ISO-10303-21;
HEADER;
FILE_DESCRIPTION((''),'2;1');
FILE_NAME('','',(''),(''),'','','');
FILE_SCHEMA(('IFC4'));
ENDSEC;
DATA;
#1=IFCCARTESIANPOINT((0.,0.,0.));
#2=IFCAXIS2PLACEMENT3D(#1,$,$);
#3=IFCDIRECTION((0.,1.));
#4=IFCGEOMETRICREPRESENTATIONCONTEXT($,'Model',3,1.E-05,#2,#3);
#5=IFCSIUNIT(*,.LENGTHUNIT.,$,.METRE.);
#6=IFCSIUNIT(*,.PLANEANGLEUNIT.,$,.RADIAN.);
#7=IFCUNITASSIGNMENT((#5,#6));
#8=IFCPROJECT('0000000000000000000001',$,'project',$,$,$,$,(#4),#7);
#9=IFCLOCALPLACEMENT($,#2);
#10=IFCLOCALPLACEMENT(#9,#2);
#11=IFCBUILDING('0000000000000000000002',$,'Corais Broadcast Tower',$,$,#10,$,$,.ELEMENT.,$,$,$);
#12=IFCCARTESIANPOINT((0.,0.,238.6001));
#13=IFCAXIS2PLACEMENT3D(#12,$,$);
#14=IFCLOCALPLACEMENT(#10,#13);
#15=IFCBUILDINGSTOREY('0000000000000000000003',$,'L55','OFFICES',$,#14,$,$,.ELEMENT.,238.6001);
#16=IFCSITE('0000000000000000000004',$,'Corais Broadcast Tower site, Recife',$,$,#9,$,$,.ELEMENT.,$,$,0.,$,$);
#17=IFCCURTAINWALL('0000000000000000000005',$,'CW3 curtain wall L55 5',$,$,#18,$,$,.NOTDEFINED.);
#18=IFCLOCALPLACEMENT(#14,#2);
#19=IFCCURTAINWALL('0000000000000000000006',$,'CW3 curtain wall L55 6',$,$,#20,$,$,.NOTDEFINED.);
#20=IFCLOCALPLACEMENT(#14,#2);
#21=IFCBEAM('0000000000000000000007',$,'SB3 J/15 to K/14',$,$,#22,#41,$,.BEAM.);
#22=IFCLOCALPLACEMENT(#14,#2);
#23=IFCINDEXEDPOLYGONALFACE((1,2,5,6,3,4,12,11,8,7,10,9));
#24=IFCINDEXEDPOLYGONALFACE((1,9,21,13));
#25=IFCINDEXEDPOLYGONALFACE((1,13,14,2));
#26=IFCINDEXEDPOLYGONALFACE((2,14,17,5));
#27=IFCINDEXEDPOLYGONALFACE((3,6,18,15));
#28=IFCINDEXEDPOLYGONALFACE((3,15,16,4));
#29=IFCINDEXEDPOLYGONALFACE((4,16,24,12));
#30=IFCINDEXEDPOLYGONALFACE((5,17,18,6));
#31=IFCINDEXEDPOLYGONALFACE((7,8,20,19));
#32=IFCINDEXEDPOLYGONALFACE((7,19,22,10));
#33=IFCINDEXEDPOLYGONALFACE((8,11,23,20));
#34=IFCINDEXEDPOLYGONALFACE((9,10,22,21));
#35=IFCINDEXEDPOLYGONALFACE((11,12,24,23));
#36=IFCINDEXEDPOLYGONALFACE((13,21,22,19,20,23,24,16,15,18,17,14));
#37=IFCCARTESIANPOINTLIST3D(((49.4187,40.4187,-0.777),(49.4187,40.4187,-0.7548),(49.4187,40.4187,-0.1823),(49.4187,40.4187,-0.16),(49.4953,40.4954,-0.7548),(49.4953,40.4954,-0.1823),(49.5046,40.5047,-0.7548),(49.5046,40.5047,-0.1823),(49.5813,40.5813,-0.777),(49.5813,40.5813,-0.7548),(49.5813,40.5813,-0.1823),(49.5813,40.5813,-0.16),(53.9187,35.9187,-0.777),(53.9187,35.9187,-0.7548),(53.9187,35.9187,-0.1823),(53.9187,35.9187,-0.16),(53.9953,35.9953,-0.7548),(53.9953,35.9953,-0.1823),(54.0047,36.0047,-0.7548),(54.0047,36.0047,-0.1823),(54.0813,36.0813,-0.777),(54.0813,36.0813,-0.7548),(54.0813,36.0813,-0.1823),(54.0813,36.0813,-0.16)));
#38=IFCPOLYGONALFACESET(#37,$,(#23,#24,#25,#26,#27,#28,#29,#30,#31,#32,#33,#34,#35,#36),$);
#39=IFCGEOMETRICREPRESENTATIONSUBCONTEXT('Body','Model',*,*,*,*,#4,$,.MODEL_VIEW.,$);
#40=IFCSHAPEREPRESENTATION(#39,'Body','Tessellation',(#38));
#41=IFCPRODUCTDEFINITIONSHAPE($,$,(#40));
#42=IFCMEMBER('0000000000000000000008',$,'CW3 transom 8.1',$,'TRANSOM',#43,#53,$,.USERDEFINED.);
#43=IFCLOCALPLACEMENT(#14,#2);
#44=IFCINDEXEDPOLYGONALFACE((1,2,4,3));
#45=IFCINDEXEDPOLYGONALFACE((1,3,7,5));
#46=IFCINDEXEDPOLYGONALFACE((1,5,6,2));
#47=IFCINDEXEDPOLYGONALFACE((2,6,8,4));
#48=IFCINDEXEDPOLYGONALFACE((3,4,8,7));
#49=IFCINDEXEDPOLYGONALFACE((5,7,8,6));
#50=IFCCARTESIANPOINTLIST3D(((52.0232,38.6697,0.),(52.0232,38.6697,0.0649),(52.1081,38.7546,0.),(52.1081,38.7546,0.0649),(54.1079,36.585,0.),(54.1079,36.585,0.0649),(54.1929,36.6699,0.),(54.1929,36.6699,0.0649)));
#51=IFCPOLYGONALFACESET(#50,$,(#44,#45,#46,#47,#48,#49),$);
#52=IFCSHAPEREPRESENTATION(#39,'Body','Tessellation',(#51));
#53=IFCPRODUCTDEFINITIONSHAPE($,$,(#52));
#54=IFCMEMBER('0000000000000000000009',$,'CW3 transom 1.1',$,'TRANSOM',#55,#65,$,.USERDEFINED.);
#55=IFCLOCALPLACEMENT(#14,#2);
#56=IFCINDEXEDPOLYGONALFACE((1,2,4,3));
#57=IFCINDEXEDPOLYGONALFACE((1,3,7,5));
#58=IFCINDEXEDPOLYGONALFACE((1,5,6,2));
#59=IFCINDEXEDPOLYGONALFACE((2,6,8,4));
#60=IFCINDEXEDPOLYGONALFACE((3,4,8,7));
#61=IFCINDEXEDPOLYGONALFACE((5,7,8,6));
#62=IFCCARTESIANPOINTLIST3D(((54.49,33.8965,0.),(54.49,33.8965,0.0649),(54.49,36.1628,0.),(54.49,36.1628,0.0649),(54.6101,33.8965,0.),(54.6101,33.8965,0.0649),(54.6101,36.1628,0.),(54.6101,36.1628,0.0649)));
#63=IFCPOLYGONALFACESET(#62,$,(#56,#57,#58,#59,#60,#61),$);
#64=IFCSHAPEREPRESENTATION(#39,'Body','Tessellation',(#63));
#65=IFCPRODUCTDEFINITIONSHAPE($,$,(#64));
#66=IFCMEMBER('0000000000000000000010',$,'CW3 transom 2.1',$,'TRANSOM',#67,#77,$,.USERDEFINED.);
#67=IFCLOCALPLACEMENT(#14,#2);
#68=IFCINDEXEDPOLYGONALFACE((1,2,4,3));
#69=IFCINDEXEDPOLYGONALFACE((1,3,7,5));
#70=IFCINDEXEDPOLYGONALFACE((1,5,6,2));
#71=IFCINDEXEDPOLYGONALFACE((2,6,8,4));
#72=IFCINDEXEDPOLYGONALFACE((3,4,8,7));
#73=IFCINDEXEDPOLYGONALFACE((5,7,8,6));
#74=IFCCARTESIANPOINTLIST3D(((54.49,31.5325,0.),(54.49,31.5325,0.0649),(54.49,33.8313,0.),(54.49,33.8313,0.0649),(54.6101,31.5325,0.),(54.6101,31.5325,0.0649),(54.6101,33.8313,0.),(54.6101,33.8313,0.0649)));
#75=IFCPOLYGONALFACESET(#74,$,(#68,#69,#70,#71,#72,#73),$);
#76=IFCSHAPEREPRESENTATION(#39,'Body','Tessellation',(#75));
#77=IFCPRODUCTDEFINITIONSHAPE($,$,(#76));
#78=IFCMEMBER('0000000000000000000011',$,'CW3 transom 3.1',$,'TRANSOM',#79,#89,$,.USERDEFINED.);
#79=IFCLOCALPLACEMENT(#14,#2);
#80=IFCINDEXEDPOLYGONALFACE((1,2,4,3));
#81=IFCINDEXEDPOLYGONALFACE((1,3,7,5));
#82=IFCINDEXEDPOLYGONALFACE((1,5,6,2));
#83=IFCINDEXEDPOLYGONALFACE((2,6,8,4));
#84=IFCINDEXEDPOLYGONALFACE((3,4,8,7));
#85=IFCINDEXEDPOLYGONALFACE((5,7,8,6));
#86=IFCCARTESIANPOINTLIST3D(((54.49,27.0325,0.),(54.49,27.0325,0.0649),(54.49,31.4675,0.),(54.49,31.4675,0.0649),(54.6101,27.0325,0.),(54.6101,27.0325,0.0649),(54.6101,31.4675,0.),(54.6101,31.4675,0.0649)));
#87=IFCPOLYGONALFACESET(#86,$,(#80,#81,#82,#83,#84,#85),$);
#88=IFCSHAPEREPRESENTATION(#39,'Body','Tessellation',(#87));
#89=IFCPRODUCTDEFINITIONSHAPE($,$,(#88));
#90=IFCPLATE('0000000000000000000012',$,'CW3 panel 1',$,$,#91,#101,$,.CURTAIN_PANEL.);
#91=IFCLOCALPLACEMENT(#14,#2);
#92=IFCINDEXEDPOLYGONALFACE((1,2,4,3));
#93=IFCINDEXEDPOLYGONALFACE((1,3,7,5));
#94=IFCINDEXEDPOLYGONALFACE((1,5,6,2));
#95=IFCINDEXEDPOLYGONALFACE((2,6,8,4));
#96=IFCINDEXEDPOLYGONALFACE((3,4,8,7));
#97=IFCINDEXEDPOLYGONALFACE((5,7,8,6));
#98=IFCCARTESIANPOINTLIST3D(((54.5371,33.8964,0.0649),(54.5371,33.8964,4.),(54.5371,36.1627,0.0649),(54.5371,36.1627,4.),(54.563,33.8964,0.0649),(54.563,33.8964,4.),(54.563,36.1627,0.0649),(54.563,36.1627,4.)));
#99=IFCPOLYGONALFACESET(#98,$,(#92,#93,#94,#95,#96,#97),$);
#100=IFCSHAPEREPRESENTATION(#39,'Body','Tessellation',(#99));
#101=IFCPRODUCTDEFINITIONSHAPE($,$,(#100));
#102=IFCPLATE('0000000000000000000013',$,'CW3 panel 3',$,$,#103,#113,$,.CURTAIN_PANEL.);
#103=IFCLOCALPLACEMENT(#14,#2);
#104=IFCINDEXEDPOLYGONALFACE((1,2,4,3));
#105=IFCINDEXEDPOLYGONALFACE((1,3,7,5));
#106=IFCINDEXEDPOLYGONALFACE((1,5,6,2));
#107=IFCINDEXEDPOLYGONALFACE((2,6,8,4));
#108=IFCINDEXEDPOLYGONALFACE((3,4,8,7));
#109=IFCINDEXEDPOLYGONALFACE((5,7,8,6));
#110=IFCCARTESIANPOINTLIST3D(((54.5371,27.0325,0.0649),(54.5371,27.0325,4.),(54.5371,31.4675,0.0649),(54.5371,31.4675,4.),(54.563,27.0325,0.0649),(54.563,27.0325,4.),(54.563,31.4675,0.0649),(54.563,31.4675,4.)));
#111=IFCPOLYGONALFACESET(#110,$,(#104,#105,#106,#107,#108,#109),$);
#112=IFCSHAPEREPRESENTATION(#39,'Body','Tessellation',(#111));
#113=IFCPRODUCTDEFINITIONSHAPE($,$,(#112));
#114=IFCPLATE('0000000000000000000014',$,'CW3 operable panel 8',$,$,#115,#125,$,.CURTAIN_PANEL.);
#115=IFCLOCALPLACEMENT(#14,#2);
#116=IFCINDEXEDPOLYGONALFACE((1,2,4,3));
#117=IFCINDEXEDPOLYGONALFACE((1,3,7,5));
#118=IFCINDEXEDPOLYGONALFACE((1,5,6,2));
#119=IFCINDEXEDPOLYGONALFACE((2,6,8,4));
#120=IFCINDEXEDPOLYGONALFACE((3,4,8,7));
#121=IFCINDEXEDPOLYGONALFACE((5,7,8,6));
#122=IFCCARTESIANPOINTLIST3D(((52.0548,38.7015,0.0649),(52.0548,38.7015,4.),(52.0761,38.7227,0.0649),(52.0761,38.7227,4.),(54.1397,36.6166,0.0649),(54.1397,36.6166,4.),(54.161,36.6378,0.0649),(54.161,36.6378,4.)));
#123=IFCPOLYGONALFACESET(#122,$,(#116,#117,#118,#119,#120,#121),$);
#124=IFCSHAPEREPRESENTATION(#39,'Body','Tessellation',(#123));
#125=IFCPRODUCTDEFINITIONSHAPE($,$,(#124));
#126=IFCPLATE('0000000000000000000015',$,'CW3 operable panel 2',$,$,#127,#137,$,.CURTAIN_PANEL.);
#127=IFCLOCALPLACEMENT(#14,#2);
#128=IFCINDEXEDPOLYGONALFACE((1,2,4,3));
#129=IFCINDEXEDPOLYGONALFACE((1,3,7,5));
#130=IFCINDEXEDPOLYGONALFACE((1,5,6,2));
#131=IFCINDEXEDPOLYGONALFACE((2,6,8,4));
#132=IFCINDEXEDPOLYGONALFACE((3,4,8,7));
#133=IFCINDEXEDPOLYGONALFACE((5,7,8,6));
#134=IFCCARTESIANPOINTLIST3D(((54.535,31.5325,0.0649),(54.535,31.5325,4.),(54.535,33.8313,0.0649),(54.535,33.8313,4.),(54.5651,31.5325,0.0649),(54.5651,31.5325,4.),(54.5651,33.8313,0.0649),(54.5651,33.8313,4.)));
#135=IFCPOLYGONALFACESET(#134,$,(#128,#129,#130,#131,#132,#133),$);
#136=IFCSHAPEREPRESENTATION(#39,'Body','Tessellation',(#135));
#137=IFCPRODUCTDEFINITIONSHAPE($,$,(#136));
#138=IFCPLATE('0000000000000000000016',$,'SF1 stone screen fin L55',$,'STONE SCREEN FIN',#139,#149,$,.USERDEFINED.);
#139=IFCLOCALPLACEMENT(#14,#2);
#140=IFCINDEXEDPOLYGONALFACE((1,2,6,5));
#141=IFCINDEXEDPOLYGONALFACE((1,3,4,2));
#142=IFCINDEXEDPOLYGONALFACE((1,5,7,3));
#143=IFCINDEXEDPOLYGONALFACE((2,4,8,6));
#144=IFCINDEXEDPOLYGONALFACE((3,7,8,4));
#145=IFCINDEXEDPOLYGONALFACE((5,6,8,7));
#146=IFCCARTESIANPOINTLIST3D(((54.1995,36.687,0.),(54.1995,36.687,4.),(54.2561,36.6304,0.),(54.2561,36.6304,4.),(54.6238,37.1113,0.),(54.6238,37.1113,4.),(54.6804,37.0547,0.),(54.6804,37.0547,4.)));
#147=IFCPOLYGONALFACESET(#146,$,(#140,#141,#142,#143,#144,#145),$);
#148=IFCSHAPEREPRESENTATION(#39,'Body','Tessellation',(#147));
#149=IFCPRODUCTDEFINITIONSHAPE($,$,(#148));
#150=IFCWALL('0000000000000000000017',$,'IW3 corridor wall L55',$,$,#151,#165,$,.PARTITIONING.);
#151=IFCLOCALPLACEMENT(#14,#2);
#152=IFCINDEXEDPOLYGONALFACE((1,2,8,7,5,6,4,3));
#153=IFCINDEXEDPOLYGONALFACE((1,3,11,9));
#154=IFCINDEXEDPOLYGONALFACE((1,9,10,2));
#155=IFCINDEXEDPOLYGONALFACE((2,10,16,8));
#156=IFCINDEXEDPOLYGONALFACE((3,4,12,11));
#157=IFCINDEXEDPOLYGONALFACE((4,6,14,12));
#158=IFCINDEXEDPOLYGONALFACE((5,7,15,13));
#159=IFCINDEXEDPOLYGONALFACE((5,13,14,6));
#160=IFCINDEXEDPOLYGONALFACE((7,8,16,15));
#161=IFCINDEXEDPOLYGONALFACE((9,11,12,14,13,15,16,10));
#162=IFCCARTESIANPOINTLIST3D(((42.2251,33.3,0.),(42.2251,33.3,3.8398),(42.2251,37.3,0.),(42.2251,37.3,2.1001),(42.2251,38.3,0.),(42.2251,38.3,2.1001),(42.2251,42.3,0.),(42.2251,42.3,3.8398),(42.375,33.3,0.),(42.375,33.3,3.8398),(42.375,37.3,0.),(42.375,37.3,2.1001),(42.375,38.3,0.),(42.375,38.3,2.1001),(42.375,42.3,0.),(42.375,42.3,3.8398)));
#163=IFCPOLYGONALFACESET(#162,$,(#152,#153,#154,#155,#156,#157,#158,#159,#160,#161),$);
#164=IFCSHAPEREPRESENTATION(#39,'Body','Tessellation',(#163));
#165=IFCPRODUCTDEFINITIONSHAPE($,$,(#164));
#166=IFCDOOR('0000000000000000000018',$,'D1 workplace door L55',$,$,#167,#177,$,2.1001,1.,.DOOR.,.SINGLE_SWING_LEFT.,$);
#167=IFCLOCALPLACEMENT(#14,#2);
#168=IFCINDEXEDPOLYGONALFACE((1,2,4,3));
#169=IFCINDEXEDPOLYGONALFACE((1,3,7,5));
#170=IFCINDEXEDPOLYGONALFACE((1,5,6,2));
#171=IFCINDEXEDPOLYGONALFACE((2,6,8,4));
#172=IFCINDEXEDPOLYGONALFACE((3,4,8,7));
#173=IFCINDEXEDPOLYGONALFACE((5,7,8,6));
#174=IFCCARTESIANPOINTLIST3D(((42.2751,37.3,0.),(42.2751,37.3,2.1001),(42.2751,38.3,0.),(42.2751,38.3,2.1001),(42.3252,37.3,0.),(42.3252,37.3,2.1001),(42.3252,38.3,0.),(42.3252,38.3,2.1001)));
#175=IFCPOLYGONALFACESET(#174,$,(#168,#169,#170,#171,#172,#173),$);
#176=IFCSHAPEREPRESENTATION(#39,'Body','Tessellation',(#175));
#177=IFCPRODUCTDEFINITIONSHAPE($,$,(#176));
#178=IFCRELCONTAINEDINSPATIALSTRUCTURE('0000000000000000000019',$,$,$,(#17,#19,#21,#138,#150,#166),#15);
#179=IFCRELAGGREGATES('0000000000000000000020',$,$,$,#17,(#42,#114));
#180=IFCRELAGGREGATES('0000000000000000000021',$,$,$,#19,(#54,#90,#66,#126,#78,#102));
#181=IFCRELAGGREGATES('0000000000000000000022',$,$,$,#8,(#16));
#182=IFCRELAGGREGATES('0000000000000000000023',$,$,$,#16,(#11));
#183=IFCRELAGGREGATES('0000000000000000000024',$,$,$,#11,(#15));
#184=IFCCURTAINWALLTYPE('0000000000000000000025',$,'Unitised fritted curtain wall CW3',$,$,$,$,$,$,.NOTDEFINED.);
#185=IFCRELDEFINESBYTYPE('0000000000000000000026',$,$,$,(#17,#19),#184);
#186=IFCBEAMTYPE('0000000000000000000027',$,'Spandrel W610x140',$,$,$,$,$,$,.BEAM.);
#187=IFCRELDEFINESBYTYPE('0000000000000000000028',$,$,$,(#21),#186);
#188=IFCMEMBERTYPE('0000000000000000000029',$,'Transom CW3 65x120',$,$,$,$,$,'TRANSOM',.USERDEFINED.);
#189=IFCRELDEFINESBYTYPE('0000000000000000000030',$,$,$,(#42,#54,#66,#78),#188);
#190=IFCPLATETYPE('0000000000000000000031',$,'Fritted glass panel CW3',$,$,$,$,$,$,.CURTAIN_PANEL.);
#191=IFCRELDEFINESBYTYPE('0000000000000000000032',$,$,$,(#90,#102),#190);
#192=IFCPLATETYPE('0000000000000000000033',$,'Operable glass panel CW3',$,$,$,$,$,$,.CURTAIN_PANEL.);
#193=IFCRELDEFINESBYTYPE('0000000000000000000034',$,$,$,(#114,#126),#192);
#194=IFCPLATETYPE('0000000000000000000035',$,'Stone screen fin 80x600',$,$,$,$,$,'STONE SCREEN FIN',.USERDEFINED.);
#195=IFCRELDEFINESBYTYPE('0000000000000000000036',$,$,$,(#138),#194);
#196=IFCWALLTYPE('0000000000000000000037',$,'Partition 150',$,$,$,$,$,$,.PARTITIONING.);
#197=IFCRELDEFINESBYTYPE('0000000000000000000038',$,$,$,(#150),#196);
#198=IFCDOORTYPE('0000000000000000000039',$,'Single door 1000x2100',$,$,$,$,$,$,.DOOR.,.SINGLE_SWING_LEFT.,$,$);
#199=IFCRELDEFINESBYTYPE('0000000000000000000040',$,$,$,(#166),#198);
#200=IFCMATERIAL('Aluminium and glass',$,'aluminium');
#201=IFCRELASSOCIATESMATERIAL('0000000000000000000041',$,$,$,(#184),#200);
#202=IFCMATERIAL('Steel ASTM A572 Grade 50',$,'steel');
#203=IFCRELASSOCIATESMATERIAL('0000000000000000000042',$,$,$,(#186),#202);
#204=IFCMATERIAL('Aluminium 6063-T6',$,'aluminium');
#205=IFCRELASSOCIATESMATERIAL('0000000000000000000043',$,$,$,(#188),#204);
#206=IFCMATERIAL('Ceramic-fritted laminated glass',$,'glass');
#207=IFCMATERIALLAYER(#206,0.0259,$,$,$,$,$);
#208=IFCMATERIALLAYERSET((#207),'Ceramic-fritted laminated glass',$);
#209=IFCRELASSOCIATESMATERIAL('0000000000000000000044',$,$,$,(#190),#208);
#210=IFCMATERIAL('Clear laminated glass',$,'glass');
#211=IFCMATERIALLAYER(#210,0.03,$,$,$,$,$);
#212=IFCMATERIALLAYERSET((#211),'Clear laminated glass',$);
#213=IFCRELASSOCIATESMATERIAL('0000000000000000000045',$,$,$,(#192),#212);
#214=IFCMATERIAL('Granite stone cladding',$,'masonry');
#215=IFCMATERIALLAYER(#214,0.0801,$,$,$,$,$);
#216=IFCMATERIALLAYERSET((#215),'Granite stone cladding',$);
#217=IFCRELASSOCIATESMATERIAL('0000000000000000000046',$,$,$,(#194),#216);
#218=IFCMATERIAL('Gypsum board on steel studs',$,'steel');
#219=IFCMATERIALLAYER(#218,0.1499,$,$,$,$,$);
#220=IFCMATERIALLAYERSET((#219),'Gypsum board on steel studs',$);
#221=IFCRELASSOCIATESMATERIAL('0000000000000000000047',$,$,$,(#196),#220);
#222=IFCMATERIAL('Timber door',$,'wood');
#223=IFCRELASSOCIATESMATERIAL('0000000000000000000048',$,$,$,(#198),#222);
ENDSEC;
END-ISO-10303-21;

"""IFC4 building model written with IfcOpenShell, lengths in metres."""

from ifc_helpers import new_model, si_unit, direction, frame, frame_2d, origin, origin_2d, place, context, subcontext, project, spatial, rectangle, i_section, extrude, material, layer, layer_set, material_profile, profile_set, type_object, element, fill, aggregate, save


model = new_model("IFC4")

# Units and contexts
model_context = context("Model", 3, precision=1e-05, world=origin(), true_north=direction((0.0, 1.0)))
body_context = subcontext(model_context, "Body", "Model", "MODEL_VIEW")
ifc_project = project(units=[si_unit("LENGTHUNIT", "METRE"), si_unit("PLANEANGLEUNIT", "RADIAN")], contexts=[model_context])

# Site, building, storey
site_placement = place(None, origin())
site = spatial("IfcSite", under=ifc_project, at=site_placement, Name="Corais Broadcast Tower site, Recife", CompositionType="ELEMENT", RefElevation=0.0)
building_placement = place(site_placement, origin())
building = spatial("IfcBuilding", under=site, at=building_placement, Name="Corais Broadcast Tower", CompositionType="ELEMENT")
storey_placement = place(building_placement, frame((0.0, 0.0, 238.6001)))
storey = spatial("IfcBuildingStorey", under=building, at=storey_placement, Name="L55", Description="OFFICES", CompositionType="ELEMENT", Elevation=238.6001)

# Curtain walls
ifc_material_1 = material(Name="Aluminium and glass", Category="aluminium")
curtain_wall_type = type_object("IfcCurtainWallType", Name="Unitised fritted curtain wall CW3", PredefinedType="NOTDEFINED", material=ifc_material_1)
curtain_wall_1_placement = place(storey_placement, origin())
curtain_wall_1 = element("IfcCurtainWall", 1, at=curtain_wall_1_placement, inside=storey, type_object=curtain_wall_type, Name="CW3 curtain wall L55 5", PredefinedType="NOTDEFINED")
curtain_wall_2_placement = place(storey_placement, origin())
curtain_wall_2 = element("IfcCurtainWall", 2, at=curtain_wall_2_placement, inside=storey, type_object=curtain_wall_type, Name="CW3 curtain wall L55 6", PredefinedType="NOTDEFINED")

# Beam
ifc_material_2 = material(Name="Steel ASTM A572 Grade 50", Category="steel")
ifc_material_profile_1 = material_profile(ifc_material_2, i_section(OverallWidth=0.23, OverallDepth=0.6169, WebThickness=0.0132, FlangeThickness=0.0222, at=origin_2d()), Name="W610x140")
ifc_profile_set_1 = profile_set([ifc_material_profile_1], Name="Steel ASTM A572 Grade 50")
beam_type_1 = type_object("IfcBeamType", Name="Spandrel W610x140", PredefinedType="BEAM", material=ifc_profile_set_1)
beam_1_placement = place(storey_placement, frame((54.0, 36.0, -0.4685), z_axis=(-0.707107, 0.707107, 0.0), x_axis=(-0.707107, -0.707107, 0.0)))
element("IfcBeam", 3, at=beam_1_placement, inside=storey, type_object=beam_type_1, Name="SB3 J/15 to K/14", PredefinedType="BEAM", context=body_context, shape_type="SweptSolid", body=[
    extrude(i_section(OverallWidth=0.23, OverallDepth=0.6169, WebThickness=0.0132, FlangeThickness=0.0222, at=origin_2d()), origin(), (0.0, 0.0, 1.0), 6.364),
])

# Members
ifc_material_3 = material(Name="Aluminium 6063-T6", Category="aluminium")
ifc_material_profile_2 = material_profile(ifc_material_3, rectangle(XDim=0.1201, YDim=0.0649, at=origin_2d()), Name="Transom CW3 65x120")
ifc_profile_set_2 = profile_set([ifc_material_profile_2], Name="Aluminium 6063-T6")
member_type_1 = type_object("IfcMemberType", Name="Transom CW3 65x120", ElementType="TRANSOM", PredefinedType="USERDEFINED", material=ifc_profile_set_2)
member_1_placement = place(storey_placement, frame((52.0657, 38.7122, 0.0325), z_axis=(0.707107, -0.707107, 0.0), x_axis=(0.707107, 0.707107, 0.0)))
member_1 = element("IfcMember", 4, at=member_1_placement, type_object=member_type_1, Name="CW3 transom 8.1", ObjectType="TRANSOM", PredefinedType="USERDEFINED", context=body_context, shape_type="SweptSolid", body=[
    extrude(rectangle(XDim=0.1201, YDim=0.0649, at=origin_2d()), origin(), (0.0, 0.0, 1.0), 2.9482),
])
member_2_placement = place(storey_placement, frame((54.55, 36.1628, 0.0325), z_axis=(0.0, -1.0, 0.0), x_axis=(1.0, 0.0, 0.0)))
member_2 = element("IfcMember", 5, at=member_2_placement, type_object=member_type_1, Name="CW3 transom 1.1", ObjectType="TRANSOM", PredefinedType="USERDEFINED", context=body_context, shape_type="SweptSolid", body=[
    extrude(rectangle(XDim=0.1201, YDim=0.0649, at=origin_2d()), origin(), (0.0, 0.0, 1.0), 2.2664),
])
member_3_placement = place(storey_placement, frame((54.55, 33.8313, 0.0325), z_axis=(0.0, -1.0, 0.0), x_axis=(1.0, 0.0, 0.0)))
member_3 = element("IfcMember", 6, at=member_3_placement, type_object=member_type_1, Name="CW3 transom 2.1", ObjectType="TRANSOM", PredefinedType="USERDEFINED", context=body_context, shape_type="SweptSolid", body=[
    extrude(rectangle(XDim=0.1201, YDim=0.0649, at=origin_2d()), origin(), (0.0, 0.0, 1.0), 2.2988),
])
member_4_placement = place(storey_placement, frame((54.55, 31.4675, 0.0325), z_axis=(0.0, -1.0, 0.0), x_axis=(1.0, 0.0, 0.0)))
member_4 = element("IfcMember", 7, at=member_4_placement, type_object=member_type_1, Name="CW3 transom 3.1", ObjectType="TRANSOM", PredefinedType="USERDEFINED", context=body_context, shape_type="SweptSolid", body=[
    extrude(rectangle(XDim=0.1201, YDim=0.0649, at=origin_2d()), origin(), (0.0, 0.0, 1.0), 4.4351),
])

# Plates
ifc_material_4 = material(Name="Ceramic-fritted laminated glass", Category="glass")
ifc_layer_1 = layer(ifc_material_4, 0.0259)
ifc_layer_set_1 = layer_set([ifc_layer_1], Name="Ceramic-fritted laminated glass")
plate_type_1 = type_object("IfcPlateType", Name="Fritted glass panel CW3", PredefinedType="CURTAIN_PANEL", material=ifc_layer_set_1)
plate_1_placement = place(storey_placement, frame((54.55, 35.0295, 0.0649), z_axis=(0.0, 0.0, 1.0), x_axis=(0.0, -1.0, 0.0)))
plate_1 = element("IfcPlate", 8, at=plate_1_placement, type_object=plate_type_1, Name="CW3 panel 1", PredefinedType="CURTAIN_PANEL", context=body_context, shape_type="SweptSolid", body=[
    extrude(rectangle(XDim=2.2664, YDim=0.0259, at=origin_2d()), origin(), (0.0, 0.0, 1.0), 3.9351),
])
plate_2_placement = place(storey_placement, frame((54.55, 29.25, 0.0649), z_axis=(0.0, 0.0, 1.0), x_axis=(0.0, -1.0, 0.0)))
plate_2 = element("IfcPlate", 9, at=plate_2_placement, type_object=plate_type_1, Name="CW3 panel 3", PredefinedType="CURTAIN_PANEL", context=body_context, shape_type="SweptSolid", body=[
    extrude(rectangle(XDim=4.4351, YDim=0.0259, at=origin_2d()), origin(), (0.0, 0.0, 1.0), 3.9351),
])
ifc_material_5 = material(Name="Clear laminated glass", Category="glass")
ifc_layer_2 = layer(ifc_material_5, 0.03)
ifc_layer_set_2 = layer_set([ifc_layer_2], Name="Clear laminated glass")
plate_type_2 = type_object("IfcPlateType", Name="Operable glass panel CW3", PredefinedType="CURTAIN_PANEL", material=ifc_layer_set_2)
plate_3_placement = place(storey_placement, frame((53.1079, 37.6697, 0.0649), z_axis=(0.0, 0.0, 1.0), x_axis=(0.707107, -0.707107, 0.0)))
plate_3 = element("IfcPlate", 10, at=plate_3_placement, type_object=plate_type_2, Name="CW3 operable panel 8", PredefinedType="CURTAIN_PANEL", context=body_context, shape_type="SweptSolid", body=[
    extrude(rectangle(XDim=2.9485, YDim=0.03, at=origin_2d()), origin(), (0.0, 0.0, 1.0), 3.9351),
])
aggregate(curtain_wall_1, [member_1, plate_3])
plate_4_placement = place(storey_placement, frame((54.55, 32.6819, 0.0649), z_axis=(0.0, 0.0, 1.0), x_axis=(0.0, -1.0, 0.0)))
plate_4 = element("IfcPlate", 11, at=plate_4_placement, type_object=plate_type_2, Name="CW3 operable panel 2", PredefinedType="CURTAIN_PANEL", context=body_context, shape_type="SweptSolid", body=[
    extrude(rectangle(XDim=2.2988, YDim=0.03, at=origin_2d()), origin(), (0.0, 0.0, 1.0), 3.9351),
])
aggregate(curtain_wall_2, [member_2, plate_1, member_3, plate_4, member_4, plate_2])
ifc_material_6 = material(Name="Granite stone cladding", Category="masonry")
ifc_layer_3 = layer(ifc_material_6, 0.0801)
ifc_layer_set_3 = layer_set([ifc_layer_3], Name="Granite stone cladding")
plate_type_3 = type_object("IfcPlateType", Name="Stone screen fin 80x600", ElementType="STONE SCREEN FIN", PredefinedType="USERDEFINED", material=ifc_layer_set_3)
plate_5_placement = place(storey_placement, frame((54.4399, 36.8708, 0.0), z_axis=(0.0, 0.0, 1.0), x_axis=(0.707107, -0.707107, 0.0)))
element("IfcPlate", 12, at=plate_5_placement, inside=storey, type_object=plate_type_3, Name="SF1 stone screen fin L55", ObjectType="STONE SCREEN FIN", PredefinedType="USERDEFINED", context=body_context, shape_type="SweptSolid", body=[
    extrude(rectangle(XDim=0.0801, YDim=0.6001, at=origin_2d()), origin(), (0.0, 0.0, 1.0), 4.0),
])

# Wall, opening, door
ifc_material_7 = material(Name="Gypsum board on steel studs", Category="steel")
ifc_layer_4 = layer(ifc_material_7, 0.1499)
ifc_layer_set_4 = layer_set([ifc_layer_4], Name="Gypsum board on steel studs")
wall_type = type_object("IfcWallType", Name="Partition 150", PredefinedType="PARTITIONING", material=ifc_layer_set_4)
wall_1_placement = place(storey_placement, frame((42.3, 33.3, 0.0), z_axis=(0.0, 0.0, 1.0), x_axis=(0.0, 1.0, 0.0)))
wall_1 = element("IfcWall", 13, at=wall_1_placement, inside=storey, type_object=wall_type, Name="IW3 corridor wall L55", PredefinedType="PARTITIONING", context=body_context, shape_type="SweptSolid", body=[
    extrude(rectangle(XDim=9.0, YDim=0.1499, at=frame_2d((4.5, 0.0))), origin(), (0.0, 0.0, 1.0), 3.8398),
])
opening_1_placement = place(wall_1_placement, frame((4.0, 0.0, 0.0)))
opening_1 = element("IfcOpeningElement", 14, at=opening_1_placement, cuts=wall_1, PredefinedType="OPENING", context=body_context, shape_type="SweptSolid", body=[
    extrude(rectangle(XDim=1.0, YDim=2.1001, at=frame_2d((0.5, 1.05))), frame((0.0, 0.085, 0.0), z_axis=(0.0, -1.0, 0.0), x_axis=(1.0, 0.0, 0.0)), (0.0, 0.0, 1.0), 0.1699),
])
ifc_material_8 = material(Name="Timber door", Category="wood")
door_type = type_object("IfcDoorType", Name="Single door 1000x2100", OperationType="SINGLE_SWING_LEFT", PredefinedType="DOOR", material=ifc_material_8)
door_1_placement = place(opening_1_placement, origin())
door_1 = element("IfcDoor", 15, at=door_1_placement, inside=storey, type_object=door_type, Name="D1 workplace door L55", OperationType="SINGLE_SWING_LEFT", OverallHeight=2.1001, OverallWidth=1.0, PredefinedType="DOOR", context=body_context, shape_type="SweptSolid", body=[
    extrude(rectangle(XDim=1.0, YDim=2.1001, at=frame_2d((0.5, 1.05))), frame((0.0, 0.0249, 0.0), z_axis=(0.0, -1.0, 0.0), x_axis=(1.0, 0.0, 0.0)), (0.0, 0.0, 1.0), 0.05),
])
fill(opening_1, door_1)

save(model, "model.ifc")
